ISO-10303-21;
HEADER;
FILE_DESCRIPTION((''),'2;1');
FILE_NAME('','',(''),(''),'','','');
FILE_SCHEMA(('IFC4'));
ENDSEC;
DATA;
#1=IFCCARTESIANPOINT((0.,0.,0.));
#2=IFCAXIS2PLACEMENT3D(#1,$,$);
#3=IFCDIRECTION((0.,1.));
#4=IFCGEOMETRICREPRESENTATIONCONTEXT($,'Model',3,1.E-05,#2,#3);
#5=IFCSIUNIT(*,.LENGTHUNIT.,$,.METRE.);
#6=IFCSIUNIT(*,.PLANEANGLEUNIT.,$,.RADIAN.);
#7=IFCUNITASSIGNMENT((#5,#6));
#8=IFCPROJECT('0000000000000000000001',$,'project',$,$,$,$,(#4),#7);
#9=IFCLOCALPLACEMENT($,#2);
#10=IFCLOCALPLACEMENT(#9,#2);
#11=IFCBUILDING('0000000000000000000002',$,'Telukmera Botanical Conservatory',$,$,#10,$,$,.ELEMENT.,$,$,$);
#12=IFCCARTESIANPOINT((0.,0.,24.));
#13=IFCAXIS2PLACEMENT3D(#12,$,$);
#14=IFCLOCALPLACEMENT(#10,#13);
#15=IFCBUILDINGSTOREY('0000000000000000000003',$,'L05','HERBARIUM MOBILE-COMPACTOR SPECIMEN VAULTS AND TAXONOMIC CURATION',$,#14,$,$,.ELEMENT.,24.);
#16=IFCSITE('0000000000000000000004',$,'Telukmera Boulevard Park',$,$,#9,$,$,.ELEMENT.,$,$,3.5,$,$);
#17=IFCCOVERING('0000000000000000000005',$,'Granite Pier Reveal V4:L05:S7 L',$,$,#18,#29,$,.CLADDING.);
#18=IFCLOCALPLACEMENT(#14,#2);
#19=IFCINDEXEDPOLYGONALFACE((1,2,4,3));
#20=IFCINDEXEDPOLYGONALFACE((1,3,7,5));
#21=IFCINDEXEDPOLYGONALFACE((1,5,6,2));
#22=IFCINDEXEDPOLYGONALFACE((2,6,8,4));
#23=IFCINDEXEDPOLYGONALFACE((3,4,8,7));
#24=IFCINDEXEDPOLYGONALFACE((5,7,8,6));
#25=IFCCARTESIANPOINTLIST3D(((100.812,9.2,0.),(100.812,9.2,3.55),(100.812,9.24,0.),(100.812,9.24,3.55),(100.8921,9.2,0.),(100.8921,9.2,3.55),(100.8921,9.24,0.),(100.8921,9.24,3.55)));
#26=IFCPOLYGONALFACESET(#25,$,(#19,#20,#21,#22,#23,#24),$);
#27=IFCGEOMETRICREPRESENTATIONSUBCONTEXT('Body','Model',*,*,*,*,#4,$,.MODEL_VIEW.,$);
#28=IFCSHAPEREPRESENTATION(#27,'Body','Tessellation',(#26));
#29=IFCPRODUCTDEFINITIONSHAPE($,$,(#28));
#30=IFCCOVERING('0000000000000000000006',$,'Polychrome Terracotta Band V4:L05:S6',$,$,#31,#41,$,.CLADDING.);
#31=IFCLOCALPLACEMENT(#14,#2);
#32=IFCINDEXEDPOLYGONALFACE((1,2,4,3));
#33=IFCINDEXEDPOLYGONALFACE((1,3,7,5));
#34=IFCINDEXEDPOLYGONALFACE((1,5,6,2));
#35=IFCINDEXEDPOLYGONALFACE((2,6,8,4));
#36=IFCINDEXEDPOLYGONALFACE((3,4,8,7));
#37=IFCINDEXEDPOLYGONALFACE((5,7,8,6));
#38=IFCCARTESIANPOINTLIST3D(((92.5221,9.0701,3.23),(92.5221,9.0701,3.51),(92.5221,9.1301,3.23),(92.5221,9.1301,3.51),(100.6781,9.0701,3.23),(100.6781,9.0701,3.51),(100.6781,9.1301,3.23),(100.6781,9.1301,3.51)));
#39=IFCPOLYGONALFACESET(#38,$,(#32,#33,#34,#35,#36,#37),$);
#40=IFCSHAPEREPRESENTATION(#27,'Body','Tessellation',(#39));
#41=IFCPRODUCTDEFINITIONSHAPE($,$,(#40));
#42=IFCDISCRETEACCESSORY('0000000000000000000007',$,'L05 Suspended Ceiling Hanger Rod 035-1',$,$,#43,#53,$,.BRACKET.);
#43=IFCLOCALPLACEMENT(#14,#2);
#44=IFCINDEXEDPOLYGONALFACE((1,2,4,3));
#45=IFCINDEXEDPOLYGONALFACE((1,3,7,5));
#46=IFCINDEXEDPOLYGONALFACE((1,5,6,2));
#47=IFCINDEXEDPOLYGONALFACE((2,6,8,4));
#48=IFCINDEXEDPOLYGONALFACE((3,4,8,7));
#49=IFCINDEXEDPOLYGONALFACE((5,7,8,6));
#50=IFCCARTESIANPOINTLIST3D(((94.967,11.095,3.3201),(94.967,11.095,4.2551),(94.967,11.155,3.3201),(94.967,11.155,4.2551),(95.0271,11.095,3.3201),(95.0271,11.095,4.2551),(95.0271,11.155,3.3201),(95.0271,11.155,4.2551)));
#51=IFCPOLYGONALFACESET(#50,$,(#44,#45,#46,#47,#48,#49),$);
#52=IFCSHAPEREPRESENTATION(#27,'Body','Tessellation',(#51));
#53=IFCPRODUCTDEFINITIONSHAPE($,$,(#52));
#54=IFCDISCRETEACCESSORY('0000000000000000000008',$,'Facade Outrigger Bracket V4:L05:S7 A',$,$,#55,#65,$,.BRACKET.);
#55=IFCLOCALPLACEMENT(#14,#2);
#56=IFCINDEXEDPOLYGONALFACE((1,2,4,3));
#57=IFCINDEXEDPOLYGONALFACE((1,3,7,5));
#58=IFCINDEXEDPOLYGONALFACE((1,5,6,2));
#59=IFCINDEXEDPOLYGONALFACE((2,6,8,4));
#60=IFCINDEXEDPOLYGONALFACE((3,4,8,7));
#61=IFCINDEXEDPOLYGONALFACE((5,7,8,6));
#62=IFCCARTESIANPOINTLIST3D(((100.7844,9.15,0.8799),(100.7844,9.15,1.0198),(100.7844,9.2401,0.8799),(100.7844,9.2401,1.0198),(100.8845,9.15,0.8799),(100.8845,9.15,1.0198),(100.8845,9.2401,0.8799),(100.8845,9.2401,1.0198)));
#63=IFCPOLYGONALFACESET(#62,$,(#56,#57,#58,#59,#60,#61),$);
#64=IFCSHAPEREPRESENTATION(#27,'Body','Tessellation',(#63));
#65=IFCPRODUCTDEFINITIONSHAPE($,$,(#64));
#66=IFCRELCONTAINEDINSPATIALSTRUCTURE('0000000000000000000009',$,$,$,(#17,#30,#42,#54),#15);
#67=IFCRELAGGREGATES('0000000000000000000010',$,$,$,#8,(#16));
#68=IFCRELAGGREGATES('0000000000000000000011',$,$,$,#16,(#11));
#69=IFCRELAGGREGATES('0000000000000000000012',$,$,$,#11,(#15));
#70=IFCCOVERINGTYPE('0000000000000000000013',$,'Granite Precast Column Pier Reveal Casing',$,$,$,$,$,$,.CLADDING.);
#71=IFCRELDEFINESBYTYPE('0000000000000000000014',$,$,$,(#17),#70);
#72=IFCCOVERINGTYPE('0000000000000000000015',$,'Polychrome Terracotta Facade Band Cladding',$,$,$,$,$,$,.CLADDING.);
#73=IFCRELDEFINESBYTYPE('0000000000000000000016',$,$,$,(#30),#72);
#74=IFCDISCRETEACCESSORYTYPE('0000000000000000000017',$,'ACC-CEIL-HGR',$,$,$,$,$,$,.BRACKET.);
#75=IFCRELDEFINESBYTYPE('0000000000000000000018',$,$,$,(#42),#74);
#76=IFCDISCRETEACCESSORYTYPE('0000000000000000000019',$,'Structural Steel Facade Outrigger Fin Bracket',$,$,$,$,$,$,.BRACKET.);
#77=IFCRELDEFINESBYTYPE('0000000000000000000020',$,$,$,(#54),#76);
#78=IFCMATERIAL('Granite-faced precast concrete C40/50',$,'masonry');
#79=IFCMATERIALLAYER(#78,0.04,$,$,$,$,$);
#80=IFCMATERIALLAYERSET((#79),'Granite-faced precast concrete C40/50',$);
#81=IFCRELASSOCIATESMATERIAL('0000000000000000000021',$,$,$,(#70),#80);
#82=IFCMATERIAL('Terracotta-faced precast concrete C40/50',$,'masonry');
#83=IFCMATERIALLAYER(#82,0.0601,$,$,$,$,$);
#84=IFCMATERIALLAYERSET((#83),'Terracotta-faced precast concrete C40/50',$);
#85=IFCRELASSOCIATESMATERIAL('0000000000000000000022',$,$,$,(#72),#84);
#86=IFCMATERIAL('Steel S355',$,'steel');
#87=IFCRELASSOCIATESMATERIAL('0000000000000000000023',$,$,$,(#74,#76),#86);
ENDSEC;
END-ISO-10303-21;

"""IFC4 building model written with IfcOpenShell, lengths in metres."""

from ifc_helpers import new_model, si_unit, direction, frame, origin, origin_2d, place, context, subcontext, project, spatial, rectangle, extrude, material, layer, layer_set, type_object, element, save


model = new_model("IFC4")

# Units and contexts
model_context = context("Model", 3, precision=1e-05, world=origin(), true_north=direction((0.0, 1.0)))
body_context = subcontext(model_context, "Body", "Model", "MODEL_VIEW")
ifc_project = project(units=[si_unit("LENGTHUNIT", "METRE"), si_unit("PLANEANGLEUNIT", "RADIAN")], contexts=[model_context])

# Site, building, storey
site_placement = place(None, origin())
site = spatial("IfcSite", under=ifc_project, at=site_placement, Name="Telukmera Boulevard Park", CompositionType="ELEMENT", RefElevation=3.5)
building_placement = place(site_placement, origin())
building = spatial("IfcBuilding", under=site, at=building_placement, Name="Telukmera Botanical Conservatory", CompositionType="ELEMENT")
storey_placement = place(building_placement, frame((0.0, 0.0, 24.0)))
storey = spatial("IfcBuildingStorey", under=building, at=storey_placement, Name="L05", Description="HERBARIUM MOBILE-COMPACTOR SPECIMEN VAULTS AND TAXONOMIC CURATION", CompositionType="ELEMENT", Elevation=24.0)

# Shared definitions
ifc_material_1 = material(Name="Terracotta-faced precast concrete C40/50", Category="masonry")

# Coverings
ifc_material_2 = material(Name="Granite-faced precast concrete C40/50", Category="masonry")
ifc_layer_1 = layer(ifc_material_2, 0.04)
ifc_layer_set_1 = layer_set([ifc_layer_1], Name="Granite-faced precast concrete C40/50")
covering_type_1 = type_object("IfcCoveringType", Name="Granite Precast Column Pier Reveal Casing", PredefinedType="CLADDING", material=ifc_layer_set_1)
for number, where, z_axis, x_axis, name in (
    (1, (100.8521, 9.22, 0.0), (0.0, 0.0, 1.0), (1.0, 0.0, 0.0), "Granite Pier Reveal V4:L05:S7 L"),
):
    element("IfcCovering", number, at=place(storey_placement, frame(where, z_axis=z_axis, x_axis=x_axis)), inside=storey, type_object=covering_type_1, Name=name, PredefinedType="CLADDING", context=body_context, shape_type="SweptSolid", body=[
        extrude(rectangle(XDim=0.0801, YDim=0.04, at=origin_2d()), origin(), (0.0, 0.0, 1.0), 3.55),
    ])
ifc_layer_2 = layer(ifc_material_1, 0.0601)
ifc_layer_set_2 = layer_set([ifc_layer_2], Name="Terracotta-faced precast concrete C40/50")
covering_type_2 = type_object("IfcCoveringType", Name="Polychrome Terracotta Facade Band Cladding", PredefinedType="CLADDING", material=ifc_layer_set_2)
covering_placement = place(storey_placement, frame((96.6001, 9.1001, 3.23), z_axis=(0.0, 0.0, 1.0), x_axis=(1.0, 0.0, 0.0)))
element("IfcCovering", 2, at=covering_placement, inside=storey, type_object=covering_type_2, Name="Polychrome Terracotta Band V4:L05:S6", PredefinedType="CLADDING", context=body_context, shape_type="SweptSolid", body=[
    extrude(rectangle(XDim=8.156, YDim=0.0601, at=origin_2d()), origin(), (0.0, 0.0, 1.0), 0.28),
])

# Discrete accessories
ifc_material_3 = material(Name="Steel S355", Category="steel")
discrete_accessory_type_1 = type_object("IfcDiscreteAccessoryType", Name="ACC-CEIL-HGR", PredefinedType="BRACKET", material=ifc_material_3)
discrete_accessory_1_placement = place(storey_placement, frame((94.9971, 11.125, 3.3201), z_axis=(0.0, 0.0, 1.0), x_axis=(1.0, 0.0, 0.0)))
element("IfcDiscreteAccessory", 3, at=discrete_accessory_1_placement, inside=storey, type_object=discrete_accessory_type_1, Name="L05 Suspended Ceiling Hanger Rod 035-1", PredefinedType="BRACKET", context=body_context, shape_type="SweptSolid", body=[
    extrude(rectangle(XDim=0.0601, YDim=0.0601, at=origin_2d()), origin(), (0.0, 0.0, 1.0), 0.9351),
])
discrete_accessory_type_2 = type_object("IfcDiscreteAccessoryType", Name="Structural Steel Facade Outrigger Fin Bracket", PredefinedType="BRACKET", material=ifc_material_3)
discrete_accessory_2_placement = place(storey_placement, frame((100.8345, 9.1951, 0.8799), z_axis=(0.0, 0.0, 1.0), x_axis=(1.0, 0.0, 0.0)))
element("IfcDiscreteAccessory", 4, at=discrete_accessory_2_placement, inside=storey, type_object=discrete_accessory_type_2, Name="Facade Outrigger Bracket V4:L05:S7 A", PredefinedType="BRACKET", context=body_context, shape_type="SweptSolid", body=[
    extrude(rectangle(XDim=0.1001, YDim=0.0901, at=origin_2d()), origin(), (0.0, 0.0, 1.0), 0.1399),
])

save(model, "model.ifc")
